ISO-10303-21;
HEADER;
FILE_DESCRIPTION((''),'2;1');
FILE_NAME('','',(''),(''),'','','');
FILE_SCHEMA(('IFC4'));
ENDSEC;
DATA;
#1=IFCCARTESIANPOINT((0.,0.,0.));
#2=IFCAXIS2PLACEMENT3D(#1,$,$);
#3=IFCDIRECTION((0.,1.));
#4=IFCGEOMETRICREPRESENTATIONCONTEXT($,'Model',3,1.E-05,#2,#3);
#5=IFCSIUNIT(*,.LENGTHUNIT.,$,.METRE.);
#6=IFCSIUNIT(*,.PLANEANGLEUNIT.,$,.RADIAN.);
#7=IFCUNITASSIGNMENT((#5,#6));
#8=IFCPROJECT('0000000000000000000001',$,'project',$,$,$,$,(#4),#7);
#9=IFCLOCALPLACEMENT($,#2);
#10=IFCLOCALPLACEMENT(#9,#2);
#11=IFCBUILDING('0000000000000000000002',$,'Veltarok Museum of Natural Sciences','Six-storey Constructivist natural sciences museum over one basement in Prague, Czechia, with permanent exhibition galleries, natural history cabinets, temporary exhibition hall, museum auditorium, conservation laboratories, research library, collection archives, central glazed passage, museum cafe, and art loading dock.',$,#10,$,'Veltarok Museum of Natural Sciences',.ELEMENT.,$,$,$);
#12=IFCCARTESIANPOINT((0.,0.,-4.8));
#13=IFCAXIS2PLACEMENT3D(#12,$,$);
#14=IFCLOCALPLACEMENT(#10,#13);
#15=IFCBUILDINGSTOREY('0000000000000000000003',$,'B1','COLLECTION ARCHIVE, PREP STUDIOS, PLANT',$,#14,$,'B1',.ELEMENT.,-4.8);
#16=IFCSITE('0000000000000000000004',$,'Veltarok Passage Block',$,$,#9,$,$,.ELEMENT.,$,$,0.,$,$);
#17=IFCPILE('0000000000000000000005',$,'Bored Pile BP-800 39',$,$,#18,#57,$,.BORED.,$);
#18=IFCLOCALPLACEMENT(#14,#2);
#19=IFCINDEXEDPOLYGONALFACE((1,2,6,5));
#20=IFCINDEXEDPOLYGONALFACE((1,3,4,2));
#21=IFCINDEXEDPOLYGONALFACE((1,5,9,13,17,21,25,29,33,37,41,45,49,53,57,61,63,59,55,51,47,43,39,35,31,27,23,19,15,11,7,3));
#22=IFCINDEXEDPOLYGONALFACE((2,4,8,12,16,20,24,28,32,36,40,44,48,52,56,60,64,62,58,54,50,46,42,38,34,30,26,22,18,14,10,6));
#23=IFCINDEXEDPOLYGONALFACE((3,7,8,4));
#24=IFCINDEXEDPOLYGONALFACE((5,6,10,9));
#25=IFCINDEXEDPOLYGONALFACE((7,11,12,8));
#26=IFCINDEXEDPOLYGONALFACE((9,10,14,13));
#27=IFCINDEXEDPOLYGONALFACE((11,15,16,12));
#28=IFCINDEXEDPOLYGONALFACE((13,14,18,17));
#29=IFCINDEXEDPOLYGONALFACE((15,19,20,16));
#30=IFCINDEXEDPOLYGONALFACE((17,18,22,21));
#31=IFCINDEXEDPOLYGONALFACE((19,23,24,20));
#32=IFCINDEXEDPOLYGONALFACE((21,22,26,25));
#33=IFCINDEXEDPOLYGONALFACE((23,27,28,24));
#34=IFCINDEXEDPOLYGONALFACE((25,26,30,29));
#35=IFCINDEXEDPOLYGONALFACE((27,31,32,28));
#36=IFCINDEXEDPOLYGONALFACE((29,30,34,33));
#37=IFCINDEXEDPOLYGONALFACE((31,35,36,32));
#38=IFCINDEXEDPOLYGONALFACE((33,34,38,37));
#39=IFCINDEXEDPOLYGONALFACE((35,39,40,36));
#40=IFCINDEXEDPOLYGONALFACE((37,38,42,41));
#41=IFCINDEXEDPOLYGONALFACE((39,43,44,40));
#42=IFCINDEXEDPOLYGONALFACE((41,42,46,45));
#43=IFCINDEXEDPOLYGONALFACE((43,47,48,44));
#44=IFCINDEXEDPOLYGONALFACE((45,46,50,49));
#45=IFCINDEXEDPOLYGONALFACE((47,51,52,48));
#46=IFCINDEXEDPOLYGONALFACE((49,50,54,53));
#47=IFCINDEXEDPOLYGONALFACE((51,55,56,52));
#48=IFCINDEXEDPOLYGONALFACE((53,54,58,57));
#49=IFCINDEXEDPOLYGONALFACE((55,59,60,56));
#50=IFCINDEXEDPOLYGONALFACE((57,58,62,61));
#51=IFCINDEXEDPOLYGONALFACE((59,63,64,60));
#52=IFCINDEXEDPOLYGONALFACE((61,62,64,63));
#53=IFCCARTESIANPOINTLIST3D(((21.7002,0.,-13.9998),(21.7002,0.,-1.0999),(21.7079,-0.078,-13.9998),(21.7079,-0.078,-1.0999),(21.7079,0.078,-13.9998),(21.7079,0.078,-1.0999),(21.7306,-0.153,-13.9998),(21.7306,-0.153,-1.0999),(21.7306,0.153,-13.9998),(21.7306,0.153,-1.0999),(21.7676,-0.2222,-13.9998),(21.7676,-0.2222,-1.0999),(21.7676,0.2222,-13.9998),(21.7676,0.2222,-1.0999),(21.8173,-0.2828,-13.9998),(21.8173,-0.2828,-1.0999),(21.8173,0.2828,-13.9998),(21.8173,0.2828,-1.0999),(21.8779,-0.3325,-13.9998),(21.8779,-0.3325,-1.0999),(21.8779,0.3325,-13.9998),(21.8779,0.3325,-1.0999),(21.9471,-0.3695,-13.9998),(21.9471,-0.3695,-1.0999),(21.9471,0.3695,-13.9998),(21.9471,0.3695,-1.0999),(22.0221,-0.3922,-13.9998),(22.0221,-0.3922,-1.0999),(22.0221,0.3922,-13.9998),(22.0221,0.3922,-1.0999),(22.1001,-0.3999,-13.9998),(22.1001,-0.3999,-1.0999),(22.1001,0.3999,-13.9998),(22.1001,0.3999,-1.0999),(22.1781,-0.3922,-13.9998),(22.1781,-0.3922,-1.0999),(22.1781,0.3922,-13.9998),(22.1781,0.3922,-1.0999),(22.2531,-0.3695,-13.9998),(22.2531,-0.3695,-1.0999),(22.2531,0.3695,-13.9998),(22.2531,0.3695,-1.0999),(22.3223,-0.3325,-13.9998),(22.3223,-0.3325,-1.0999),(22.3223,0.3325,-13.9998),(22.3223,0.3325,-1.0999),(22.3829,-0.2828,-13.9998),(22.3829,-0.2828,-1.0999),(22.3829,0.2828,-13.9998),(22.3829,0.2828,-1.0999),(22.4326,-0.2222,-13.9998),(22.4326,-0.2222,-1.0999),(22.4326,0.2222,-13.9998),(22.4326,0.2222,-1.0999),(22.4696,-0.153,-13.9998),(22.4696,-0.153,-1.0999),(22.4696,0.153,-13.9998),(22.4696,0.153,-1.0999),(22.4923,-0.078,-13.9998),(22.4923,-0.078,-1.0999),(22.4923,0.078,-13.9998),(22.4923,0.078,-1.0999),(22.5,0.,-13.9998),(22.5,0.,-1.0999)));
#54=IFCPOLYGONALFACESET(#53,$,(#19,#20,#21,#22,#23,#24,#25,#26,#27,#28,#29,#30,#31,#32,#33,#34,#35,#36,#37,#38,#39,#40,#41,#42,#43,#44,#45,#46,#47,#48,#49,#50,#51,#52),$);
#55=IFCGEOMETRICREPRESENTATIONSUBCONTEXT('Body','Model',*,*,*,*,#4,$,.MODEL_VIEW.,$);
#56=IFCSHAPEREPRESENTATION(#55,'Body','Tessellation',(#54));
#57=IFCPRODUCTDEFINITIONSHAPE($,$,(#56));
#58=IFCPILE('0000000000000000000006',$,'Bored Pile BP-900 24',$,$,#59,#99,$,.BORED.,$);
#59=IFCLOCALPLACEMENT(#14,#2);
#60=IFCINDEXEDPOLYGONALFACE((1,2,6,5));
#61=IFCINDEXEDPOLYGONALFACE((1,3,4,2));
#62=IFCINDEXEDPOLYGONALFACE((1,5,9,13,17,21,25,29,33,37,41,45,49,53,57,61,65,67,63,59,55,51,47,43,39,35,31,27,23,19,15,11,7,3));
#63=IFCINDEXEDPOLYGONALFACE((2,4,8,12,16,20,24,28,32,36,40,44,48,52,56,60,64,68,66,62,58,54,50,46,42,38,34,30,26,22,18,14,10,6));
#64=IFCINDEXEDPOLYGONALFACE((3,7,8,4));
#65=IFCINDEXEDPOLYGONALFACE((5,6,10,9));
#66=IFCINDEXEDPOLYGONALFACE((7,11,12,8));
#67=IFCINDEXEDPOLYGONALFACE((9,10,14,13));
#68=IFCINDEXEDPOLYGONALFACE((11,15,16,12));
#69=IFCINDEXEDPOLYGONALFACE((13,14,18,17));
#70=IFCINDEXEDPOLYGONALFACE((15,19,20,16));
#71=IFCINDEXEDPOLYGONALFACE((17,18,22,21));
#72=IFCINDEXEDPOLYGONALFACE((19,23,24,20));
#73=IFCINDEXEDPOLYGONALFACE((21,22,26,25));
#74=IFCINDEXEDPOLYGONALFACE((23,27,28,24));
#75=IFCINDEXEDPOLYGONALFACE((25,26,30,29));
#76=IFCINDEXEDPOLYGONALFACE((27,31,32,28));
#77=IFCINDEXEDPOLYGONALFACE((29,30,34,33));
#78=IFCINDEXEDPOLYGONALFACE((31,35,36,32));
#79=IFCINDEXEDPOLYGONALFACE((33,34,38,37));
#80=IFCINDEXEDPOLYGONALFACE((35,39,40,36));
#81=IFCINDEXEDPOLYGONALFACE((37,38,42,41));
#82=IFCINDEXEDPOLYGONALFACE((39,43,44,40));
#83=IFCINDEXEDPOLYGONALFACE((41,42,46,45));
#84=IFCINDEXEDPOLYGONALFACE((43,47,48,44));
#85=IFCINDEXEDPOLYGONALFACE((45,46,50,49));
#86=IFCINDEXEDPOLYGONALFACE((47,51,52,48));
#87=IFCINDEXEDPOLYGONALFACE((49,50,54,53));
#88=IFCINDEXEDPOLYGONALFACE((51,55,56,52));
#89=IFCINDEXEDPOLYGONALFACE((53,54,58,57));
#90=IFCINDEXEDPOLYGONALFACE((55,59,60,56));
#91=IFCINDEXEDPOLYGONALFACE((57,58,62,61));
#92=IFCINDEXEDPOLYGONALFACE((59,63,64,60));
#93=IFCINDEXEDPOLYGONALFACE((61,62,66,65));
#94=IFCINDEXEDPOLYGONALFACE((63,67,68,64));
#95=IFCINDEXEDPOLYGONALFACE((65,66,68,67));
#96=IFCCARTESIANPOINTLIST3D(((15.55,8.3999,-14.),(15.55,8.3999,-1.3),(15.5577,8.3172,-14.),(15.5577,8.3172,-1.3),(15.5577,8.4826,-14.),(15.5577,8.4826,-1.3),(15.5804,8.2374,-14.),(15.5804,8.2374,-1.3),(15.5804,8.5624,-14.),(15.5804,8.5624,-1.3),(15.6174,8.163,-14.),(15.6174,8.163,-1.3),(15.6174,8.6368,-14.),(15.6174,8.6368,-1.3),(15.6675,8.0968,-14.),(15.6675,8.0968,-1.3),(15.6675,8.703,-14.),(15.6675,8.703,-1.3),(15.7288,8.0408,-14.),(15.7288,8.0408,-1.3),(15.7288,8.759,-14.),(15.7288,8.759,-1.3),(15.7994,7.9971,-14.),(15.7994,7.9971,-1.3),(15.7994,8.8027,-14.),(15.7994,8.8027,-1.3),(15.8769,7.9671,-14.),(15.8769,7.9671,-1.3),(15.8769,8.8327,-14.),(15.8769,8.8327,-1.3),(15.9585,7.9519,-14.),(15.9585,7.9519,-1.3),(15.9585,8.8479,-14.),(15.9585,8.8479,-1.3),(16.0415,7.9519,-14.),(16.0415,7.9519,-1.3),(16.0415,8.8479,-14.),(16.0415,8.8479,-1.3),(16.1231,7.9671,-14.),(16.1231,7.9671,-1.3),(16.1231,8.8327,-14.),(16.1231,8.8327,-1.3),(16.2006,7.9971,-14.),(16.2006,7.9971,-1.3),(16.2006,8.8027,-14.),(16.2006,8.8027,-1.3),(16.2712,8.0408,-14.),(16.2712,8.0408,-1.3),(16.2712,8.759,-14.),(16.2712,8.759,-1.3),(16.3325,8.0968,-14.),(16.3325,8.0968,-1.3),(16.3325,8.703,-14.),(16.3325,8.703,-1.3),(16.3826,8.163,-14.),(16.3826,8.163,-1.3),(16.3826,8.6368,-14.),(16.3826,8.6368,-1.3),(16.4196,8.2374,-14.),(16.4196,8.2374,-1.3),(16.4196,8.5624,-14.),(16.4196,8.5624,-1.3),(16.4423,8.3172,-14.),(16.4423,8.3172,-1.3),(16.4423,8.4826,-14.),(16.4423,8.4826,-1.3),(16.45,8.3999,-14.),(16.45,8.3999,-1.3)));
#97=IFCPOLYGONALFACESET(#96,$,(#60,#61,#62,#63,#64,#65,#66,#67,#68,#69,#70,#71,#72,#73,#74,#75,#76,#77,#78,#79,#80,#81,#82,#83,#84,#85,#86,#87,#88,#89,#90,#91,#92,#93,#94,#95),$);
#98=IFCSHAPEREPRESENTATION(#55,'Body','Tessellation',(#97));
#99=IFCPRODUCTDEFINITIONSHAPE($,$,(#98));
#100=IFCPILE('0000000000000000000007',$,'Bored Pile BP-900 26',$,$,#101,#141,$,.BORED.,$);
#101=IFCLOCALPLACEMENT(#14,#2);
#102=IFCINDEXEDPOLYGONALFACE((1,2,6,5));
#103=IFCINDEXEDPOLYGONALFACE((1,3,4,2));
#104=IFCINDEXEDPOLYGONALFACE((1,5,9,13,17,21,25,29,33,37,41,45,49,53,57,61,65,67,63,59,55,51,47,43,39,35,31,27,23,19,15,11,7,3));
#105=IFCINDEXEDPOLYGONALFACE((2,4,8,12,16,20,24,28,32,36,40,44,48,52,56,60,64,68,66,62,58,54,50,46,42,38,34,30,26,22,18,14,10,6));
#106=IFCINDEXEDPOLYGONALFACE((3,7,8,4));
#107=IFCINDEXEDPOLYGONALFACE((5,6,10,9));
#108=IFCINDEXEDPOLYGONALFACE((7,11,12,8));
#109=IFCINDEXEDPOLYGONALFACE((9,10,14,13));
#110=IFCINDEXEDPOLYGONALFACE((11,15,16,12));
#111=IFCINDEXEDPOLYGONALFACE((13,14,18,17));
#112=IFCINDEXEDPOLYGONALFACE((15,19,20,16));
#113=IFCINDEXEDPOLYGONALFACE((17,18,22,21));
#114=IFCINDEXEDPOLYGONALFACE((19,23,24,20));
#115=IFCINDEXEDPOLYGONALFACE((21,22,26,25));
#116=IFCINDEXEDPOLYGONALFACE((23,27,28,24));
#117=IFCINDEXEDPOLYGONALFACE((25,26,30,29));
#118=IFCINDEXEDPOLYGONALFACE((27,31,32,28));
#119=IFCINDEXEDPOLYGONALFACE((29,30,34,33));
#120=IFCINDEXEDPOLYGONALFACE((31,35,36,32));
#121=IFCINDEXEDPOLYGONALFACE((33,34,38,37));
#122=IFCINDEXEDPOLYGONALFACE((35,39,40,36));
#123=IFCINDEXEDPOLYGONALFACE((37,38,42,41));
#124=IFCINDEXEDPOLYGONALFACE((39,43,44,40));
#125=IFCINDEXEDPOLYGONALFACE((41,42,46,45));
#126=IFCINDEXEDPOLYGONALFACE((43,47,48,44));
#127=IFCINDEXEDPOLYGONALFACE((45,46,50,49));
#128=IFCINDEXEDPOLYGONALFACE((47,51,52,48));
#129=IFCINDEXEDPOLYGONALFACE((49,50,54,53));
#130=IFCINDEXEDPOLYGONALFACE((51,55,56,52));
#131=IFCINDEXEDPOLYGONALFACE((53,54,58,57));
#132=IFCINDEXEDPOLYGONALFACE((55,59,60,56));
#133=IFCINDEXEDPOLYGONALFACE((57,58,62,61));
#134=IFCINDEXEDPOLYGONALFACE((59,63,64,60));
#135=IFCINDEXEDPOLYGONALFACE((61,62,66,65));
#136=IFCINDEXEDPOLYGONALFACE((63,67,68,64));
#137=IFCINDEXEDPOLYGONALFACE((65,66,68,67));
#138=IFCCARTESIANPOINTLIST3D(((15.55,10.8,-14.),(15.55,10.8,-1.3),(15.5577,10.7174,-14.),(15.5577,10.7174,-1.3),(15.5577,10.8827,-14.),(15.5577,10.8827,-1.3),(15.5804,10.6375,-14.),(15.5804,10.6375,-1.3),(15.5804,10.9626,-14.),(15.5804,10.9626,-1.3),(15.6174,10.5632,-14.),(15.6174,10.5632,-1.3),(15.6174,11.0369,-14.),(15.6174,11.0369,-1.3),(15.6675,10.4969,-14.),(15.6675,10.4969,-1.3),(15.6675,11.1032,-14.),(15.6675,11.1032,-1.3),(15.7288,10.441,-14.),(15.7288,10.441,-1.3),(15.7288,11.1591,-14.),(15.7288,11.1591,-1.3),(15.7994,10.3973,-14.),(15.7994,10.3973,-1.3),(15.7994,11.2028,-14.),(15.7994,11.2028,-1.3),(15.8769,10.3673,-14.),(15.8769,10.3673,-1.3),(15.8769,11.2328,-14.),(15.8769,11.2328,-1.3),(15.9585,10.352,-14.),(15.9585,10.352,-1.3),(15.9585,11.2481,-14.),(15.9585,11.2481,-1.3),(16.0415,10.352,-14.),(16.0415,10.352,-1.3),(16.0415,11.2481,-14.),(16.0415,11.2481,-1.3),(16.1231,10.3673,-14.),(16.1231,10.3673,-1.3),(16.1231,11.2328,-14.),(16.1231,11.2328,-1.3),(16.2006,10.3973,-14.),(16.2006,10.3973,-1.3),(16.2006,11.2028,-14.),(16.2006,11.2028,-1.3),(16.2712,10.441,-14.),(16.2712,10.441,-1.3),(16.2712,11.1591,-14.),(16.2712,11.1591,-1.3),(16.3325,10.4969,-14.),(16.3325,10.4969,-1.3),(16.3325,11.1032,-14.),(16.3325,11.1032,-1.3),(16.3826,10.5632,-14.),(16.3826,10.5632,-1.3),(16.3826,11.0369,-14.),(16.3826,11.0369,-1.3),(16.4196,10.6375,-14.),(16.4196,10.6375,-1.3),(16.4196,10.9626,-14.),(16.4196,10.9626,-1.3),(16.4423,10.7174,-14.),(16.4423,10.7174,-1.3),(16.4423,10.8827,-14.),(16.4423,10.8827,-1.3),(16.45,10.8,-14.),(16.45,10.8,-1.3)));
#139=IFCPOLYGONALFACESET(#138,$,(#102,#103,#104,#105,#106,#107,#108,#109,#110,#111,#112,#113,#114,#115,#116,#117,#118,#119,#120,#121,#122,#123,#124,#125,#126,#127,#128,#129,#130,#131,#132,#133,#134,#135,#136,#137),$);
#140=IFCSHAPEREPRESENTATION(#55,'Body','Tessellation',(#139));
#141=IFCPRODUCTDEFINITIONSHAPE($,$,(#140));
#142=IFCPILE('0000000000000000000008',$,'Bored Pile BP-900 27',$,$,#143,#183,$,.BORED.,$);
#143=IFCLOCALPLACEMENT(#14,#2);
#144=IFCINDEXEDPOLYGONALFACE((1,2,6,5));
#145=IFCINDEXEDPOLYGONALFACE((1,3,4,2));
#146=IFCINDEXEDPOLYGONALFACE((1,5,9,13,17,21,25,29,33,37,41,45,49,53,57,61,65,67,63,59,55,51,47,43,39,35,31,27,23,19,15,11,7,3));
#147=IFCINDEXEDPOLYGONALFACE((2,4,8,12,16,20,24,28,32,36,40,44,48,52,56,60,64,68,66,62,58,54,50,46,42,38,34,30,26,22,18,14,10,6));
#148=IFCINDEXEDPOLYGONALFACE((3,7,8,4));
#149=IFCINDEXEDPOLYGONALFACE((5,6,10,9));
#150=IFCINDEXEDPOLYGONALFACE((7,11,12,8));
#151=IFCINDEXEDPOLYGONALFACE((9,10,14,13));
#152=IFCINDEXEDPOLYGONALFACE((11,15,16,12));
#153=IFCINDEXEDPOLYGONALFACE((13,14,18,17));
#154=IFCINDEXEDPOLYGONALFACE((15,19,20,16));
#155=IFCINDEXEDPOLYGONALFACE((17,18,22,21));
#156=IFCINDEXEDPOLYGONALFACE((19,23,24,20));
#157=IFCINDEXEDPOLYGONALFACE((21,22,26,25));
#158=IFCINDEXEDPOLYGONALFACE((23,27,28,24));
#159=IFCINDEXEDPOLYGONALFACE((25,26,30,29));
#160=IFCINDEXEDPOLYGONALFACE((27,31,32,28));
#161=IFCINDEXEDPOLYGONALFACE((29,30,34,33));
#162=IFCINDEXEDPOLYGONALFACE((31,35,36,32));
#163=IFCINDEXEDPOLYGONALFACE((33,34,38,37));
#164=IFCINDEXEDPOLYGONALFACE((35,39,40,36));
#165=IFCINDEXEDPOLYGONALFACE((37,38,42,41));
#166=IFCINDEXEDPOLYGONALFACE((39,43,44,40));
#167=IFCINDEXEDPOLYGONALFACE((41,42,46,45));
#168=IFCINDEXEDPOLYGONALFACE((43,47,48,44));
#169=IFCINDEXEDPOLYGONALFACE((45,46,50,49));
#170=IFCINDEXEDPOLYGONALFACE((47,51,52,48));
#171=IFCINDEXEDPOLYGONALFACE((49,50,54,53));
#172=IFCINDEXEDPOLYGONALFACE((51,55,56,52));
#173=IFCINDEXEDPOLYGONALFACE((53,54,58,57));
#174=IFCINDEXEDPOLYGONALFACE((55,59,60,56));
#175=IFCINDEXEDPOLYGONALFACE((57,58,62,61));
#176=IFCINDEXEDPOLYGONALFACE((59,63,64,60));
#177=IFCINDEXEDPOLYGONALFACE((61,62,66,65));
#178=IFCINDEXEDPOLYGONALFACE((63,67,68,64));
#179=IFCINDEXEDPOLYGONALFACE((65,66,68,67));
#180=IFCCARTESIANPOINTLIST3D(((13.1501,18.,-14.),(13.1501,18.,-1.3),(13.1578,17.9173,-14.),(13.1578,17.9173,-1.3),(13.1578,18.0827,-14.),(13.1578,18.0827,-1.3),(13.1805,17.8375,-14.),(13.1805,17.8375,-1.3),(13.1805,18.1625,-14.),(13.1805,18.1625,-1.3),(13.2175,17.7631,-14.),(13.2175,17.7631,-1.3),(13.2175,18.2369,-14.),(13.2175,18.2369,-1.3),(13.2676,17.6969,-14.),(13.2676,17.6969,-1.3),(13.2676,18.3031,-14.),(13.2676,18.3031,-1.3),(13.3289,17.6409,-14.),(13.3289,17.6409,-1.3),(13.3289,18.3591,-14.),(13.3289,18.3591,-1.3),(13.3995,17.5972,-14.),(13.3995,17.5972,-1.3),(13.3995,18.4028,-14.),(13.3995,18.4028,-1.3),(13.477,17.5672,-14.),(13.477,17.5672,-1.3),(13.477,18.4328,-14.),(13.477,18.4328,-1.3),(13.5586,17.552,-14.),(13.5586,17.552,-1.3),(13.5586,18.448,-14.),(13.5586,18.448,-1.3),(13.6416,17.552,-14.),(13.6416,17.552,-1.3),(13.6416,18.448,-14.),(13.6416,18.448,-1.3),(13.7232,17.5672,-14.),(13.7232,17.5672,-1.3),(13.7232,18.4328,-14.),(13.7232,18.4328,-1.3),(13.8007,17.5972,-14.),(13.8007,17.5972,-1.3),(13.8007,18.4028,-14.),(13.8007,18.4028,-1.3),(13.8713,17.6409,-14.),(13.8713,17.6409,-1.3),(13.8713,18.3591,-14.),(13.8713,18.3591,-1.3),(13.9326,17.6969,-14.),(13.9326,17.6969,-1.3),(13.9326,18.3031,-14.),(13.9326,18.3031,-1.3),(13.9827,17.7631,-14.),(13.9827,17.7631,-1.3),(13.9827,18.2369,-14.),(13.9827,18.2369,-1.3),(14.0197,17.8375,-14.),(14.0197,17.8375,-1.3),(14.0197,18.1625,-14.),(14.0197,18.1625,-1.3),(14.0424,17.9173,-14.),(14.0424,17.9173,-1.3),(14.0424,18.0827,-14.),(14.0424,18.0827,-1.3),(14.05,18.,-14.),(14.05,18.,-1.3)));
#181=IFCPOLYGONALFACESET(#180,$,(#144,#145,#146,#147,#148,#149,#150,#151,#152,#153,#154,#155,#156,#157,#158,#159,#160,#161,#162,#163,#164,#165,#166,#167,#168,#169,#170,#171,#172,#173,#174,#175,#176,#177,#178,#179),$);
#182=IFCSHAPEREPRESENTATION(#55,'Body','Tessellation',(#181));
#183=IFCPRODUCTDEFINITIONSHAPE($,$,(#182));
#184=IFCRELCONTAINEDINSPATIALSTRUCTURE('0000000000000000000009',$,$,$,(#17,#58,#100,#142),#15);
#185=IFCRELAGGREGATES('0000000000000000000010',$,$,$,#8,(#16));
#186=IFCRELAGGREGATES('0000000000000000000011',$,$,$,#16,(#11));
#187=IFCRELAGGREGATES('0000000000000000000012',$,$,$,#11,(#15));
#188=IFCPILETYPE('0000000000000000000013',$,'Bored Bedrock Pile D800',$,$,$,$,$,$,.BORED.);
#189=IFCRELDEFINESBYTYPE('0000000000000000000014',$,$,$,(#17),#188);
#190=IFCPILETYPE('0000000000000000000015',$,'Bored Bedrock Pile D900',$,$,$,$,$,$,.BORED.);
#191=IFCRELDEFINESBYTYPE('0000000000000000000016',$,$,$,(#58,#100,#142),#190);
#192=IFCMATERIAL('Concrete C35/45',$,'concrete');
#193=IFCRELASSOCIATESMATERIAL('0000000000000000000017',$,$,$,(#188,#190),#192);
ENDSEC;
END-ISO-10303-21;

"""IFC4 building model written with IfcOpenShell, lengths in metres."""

from ifc_helpers import new_model, si_unit, direction, frame, origin, origin_2d, place, context, subcontext, project, spatial, circle, extrude, material, material_profile, profile_set, type_object, element, save


model = new_model("IFC4")

# Units and contexts
model_context = context("Model", 3, precision=1e-05, world=origin(), true_north=direction((0.0, 1.0)))
body_context = subcontext(model_context, "Body", "Model", "MODEL_VIEW")
ifc_project = project(units=[si_unit("LENGTHUNIT", "METRE"), si_unit("PLANEANGLEUNIT", "RADIAN")], contexts=[model_context])

# Site, building, storey
site_placement = place(None, origin())
site = spatial("IfcSite", under=ifc_project, at=site_placement, Name="Veltarok Passage Block", CompositionType="ELEMENT", RefElevation=0.0)
building_placement = place(site_placement, origin())
building = spatial("IfcBuilding", under=site, at=building_placement, Name="Veltarok Museum of Natural Sciences", Description="Six-storey Constructivist natural sciences museum over one basement in Prague, Czechia, with permanent exhibition galleries, natural history cabinets, temporary exhibition hall, museum auditorium, conservation laboratories, research library, collection archives, central glazed passage, museum cafe, and art loading dock.", LongName="Veltarok Museum of Natural Sciences", CompositionType="ELEMENT")
storey_placement = place(building_placement, frame((0.0, 0.0, -4.8)))
storey = spatial("IfcBuildingStorey", under=building, at=storey_placement, Name="B1", Description="COLLECTION ARCHIVE, PREP STUDIOS, PLANT", LongName="B1", CompositionType="ELEMENT", Elevation=-4.8)

# Piles
ifc_material_1 = material(Name="Concrete C35/45", Category="concrete")
ifc_material_profile_1 = material_profile(ifc_material_1, circle(Radius=0.3999, at=origin_2d()), Name="BP D800")
ifc_profile_set_1 = profile_set([ifc_material_profile_1], Name="Concrete C35/45")
pile_type_1 = type_object("IfcPileType", Name="Bored Bedrock Pile D800", PredefinedType="BORED", material=ifc_profile_set_1)
pile_placement = place(storey_placement, frame((22.1001, 0.0, -1.0999), z_axis=(0.0, 0.0, -1.0), x_axis=(1.0, 0.0, 0.0)))
element("IfcPile", 1, at=pile_placement, inside=storey, type_object=pile_type_1, Name="Bored Pile BP-800 39", PredefinedType="BORED", context=body_context, shape_type="SweptSolid", body=[
    extrude(circle(Radius=0.3999, at=origin_2d()), origin(), (0.0, 0.0, 1.0), 12.8999),
])
ifc_material_profile_2 = material_profile(ifc_material_1, circle(Radius=0.45, at=origin_2d()), Name="BP D900")
ifc_profile_set_2 = profile_set([ifc_material_profile_2], Name="Concrete C35/45")
pile_type_2 = type_object("IfcPileType", Name="Bored Bedrock Pile D900", PredefinedType="BORED", material=ifc_profile_set_2)
for number, where, z_axis, x_axis, name in (
    (2, (16.0, 8.3999, -1.3), (0.0, 0.0, -1.0), (1.0, 0.0, 0.0), "Bored Pile BP-900 24"),
    (3, (16.0, 10.8, -1.3), (0.0, 0.0, -1.0), (1.0, 0.0, 0.0), "Bored Pile BP-900 26"),
    (4, (13.6001, 18.0, -1.3), (0.0, 0.0, -1.0), (1.0, 0.0, 0.0), "Bored Pile BP-900 27"),
):
    element("IfcPile", number, at=place(storey_placement, frame(where, z_axis=z_axis, x_axis=x_axis)), inside=storey, type_object=pile_type_2, Name=name, PredefinedType="BORED", context=body_context, shape_type="SweptSolid", body=[
        extrude(circle(Radius=0.45, at=origin_2d()), origin(), (0.0, 0.0, 1.0), 12.7),
    ])

save(model, "model.ifc")
